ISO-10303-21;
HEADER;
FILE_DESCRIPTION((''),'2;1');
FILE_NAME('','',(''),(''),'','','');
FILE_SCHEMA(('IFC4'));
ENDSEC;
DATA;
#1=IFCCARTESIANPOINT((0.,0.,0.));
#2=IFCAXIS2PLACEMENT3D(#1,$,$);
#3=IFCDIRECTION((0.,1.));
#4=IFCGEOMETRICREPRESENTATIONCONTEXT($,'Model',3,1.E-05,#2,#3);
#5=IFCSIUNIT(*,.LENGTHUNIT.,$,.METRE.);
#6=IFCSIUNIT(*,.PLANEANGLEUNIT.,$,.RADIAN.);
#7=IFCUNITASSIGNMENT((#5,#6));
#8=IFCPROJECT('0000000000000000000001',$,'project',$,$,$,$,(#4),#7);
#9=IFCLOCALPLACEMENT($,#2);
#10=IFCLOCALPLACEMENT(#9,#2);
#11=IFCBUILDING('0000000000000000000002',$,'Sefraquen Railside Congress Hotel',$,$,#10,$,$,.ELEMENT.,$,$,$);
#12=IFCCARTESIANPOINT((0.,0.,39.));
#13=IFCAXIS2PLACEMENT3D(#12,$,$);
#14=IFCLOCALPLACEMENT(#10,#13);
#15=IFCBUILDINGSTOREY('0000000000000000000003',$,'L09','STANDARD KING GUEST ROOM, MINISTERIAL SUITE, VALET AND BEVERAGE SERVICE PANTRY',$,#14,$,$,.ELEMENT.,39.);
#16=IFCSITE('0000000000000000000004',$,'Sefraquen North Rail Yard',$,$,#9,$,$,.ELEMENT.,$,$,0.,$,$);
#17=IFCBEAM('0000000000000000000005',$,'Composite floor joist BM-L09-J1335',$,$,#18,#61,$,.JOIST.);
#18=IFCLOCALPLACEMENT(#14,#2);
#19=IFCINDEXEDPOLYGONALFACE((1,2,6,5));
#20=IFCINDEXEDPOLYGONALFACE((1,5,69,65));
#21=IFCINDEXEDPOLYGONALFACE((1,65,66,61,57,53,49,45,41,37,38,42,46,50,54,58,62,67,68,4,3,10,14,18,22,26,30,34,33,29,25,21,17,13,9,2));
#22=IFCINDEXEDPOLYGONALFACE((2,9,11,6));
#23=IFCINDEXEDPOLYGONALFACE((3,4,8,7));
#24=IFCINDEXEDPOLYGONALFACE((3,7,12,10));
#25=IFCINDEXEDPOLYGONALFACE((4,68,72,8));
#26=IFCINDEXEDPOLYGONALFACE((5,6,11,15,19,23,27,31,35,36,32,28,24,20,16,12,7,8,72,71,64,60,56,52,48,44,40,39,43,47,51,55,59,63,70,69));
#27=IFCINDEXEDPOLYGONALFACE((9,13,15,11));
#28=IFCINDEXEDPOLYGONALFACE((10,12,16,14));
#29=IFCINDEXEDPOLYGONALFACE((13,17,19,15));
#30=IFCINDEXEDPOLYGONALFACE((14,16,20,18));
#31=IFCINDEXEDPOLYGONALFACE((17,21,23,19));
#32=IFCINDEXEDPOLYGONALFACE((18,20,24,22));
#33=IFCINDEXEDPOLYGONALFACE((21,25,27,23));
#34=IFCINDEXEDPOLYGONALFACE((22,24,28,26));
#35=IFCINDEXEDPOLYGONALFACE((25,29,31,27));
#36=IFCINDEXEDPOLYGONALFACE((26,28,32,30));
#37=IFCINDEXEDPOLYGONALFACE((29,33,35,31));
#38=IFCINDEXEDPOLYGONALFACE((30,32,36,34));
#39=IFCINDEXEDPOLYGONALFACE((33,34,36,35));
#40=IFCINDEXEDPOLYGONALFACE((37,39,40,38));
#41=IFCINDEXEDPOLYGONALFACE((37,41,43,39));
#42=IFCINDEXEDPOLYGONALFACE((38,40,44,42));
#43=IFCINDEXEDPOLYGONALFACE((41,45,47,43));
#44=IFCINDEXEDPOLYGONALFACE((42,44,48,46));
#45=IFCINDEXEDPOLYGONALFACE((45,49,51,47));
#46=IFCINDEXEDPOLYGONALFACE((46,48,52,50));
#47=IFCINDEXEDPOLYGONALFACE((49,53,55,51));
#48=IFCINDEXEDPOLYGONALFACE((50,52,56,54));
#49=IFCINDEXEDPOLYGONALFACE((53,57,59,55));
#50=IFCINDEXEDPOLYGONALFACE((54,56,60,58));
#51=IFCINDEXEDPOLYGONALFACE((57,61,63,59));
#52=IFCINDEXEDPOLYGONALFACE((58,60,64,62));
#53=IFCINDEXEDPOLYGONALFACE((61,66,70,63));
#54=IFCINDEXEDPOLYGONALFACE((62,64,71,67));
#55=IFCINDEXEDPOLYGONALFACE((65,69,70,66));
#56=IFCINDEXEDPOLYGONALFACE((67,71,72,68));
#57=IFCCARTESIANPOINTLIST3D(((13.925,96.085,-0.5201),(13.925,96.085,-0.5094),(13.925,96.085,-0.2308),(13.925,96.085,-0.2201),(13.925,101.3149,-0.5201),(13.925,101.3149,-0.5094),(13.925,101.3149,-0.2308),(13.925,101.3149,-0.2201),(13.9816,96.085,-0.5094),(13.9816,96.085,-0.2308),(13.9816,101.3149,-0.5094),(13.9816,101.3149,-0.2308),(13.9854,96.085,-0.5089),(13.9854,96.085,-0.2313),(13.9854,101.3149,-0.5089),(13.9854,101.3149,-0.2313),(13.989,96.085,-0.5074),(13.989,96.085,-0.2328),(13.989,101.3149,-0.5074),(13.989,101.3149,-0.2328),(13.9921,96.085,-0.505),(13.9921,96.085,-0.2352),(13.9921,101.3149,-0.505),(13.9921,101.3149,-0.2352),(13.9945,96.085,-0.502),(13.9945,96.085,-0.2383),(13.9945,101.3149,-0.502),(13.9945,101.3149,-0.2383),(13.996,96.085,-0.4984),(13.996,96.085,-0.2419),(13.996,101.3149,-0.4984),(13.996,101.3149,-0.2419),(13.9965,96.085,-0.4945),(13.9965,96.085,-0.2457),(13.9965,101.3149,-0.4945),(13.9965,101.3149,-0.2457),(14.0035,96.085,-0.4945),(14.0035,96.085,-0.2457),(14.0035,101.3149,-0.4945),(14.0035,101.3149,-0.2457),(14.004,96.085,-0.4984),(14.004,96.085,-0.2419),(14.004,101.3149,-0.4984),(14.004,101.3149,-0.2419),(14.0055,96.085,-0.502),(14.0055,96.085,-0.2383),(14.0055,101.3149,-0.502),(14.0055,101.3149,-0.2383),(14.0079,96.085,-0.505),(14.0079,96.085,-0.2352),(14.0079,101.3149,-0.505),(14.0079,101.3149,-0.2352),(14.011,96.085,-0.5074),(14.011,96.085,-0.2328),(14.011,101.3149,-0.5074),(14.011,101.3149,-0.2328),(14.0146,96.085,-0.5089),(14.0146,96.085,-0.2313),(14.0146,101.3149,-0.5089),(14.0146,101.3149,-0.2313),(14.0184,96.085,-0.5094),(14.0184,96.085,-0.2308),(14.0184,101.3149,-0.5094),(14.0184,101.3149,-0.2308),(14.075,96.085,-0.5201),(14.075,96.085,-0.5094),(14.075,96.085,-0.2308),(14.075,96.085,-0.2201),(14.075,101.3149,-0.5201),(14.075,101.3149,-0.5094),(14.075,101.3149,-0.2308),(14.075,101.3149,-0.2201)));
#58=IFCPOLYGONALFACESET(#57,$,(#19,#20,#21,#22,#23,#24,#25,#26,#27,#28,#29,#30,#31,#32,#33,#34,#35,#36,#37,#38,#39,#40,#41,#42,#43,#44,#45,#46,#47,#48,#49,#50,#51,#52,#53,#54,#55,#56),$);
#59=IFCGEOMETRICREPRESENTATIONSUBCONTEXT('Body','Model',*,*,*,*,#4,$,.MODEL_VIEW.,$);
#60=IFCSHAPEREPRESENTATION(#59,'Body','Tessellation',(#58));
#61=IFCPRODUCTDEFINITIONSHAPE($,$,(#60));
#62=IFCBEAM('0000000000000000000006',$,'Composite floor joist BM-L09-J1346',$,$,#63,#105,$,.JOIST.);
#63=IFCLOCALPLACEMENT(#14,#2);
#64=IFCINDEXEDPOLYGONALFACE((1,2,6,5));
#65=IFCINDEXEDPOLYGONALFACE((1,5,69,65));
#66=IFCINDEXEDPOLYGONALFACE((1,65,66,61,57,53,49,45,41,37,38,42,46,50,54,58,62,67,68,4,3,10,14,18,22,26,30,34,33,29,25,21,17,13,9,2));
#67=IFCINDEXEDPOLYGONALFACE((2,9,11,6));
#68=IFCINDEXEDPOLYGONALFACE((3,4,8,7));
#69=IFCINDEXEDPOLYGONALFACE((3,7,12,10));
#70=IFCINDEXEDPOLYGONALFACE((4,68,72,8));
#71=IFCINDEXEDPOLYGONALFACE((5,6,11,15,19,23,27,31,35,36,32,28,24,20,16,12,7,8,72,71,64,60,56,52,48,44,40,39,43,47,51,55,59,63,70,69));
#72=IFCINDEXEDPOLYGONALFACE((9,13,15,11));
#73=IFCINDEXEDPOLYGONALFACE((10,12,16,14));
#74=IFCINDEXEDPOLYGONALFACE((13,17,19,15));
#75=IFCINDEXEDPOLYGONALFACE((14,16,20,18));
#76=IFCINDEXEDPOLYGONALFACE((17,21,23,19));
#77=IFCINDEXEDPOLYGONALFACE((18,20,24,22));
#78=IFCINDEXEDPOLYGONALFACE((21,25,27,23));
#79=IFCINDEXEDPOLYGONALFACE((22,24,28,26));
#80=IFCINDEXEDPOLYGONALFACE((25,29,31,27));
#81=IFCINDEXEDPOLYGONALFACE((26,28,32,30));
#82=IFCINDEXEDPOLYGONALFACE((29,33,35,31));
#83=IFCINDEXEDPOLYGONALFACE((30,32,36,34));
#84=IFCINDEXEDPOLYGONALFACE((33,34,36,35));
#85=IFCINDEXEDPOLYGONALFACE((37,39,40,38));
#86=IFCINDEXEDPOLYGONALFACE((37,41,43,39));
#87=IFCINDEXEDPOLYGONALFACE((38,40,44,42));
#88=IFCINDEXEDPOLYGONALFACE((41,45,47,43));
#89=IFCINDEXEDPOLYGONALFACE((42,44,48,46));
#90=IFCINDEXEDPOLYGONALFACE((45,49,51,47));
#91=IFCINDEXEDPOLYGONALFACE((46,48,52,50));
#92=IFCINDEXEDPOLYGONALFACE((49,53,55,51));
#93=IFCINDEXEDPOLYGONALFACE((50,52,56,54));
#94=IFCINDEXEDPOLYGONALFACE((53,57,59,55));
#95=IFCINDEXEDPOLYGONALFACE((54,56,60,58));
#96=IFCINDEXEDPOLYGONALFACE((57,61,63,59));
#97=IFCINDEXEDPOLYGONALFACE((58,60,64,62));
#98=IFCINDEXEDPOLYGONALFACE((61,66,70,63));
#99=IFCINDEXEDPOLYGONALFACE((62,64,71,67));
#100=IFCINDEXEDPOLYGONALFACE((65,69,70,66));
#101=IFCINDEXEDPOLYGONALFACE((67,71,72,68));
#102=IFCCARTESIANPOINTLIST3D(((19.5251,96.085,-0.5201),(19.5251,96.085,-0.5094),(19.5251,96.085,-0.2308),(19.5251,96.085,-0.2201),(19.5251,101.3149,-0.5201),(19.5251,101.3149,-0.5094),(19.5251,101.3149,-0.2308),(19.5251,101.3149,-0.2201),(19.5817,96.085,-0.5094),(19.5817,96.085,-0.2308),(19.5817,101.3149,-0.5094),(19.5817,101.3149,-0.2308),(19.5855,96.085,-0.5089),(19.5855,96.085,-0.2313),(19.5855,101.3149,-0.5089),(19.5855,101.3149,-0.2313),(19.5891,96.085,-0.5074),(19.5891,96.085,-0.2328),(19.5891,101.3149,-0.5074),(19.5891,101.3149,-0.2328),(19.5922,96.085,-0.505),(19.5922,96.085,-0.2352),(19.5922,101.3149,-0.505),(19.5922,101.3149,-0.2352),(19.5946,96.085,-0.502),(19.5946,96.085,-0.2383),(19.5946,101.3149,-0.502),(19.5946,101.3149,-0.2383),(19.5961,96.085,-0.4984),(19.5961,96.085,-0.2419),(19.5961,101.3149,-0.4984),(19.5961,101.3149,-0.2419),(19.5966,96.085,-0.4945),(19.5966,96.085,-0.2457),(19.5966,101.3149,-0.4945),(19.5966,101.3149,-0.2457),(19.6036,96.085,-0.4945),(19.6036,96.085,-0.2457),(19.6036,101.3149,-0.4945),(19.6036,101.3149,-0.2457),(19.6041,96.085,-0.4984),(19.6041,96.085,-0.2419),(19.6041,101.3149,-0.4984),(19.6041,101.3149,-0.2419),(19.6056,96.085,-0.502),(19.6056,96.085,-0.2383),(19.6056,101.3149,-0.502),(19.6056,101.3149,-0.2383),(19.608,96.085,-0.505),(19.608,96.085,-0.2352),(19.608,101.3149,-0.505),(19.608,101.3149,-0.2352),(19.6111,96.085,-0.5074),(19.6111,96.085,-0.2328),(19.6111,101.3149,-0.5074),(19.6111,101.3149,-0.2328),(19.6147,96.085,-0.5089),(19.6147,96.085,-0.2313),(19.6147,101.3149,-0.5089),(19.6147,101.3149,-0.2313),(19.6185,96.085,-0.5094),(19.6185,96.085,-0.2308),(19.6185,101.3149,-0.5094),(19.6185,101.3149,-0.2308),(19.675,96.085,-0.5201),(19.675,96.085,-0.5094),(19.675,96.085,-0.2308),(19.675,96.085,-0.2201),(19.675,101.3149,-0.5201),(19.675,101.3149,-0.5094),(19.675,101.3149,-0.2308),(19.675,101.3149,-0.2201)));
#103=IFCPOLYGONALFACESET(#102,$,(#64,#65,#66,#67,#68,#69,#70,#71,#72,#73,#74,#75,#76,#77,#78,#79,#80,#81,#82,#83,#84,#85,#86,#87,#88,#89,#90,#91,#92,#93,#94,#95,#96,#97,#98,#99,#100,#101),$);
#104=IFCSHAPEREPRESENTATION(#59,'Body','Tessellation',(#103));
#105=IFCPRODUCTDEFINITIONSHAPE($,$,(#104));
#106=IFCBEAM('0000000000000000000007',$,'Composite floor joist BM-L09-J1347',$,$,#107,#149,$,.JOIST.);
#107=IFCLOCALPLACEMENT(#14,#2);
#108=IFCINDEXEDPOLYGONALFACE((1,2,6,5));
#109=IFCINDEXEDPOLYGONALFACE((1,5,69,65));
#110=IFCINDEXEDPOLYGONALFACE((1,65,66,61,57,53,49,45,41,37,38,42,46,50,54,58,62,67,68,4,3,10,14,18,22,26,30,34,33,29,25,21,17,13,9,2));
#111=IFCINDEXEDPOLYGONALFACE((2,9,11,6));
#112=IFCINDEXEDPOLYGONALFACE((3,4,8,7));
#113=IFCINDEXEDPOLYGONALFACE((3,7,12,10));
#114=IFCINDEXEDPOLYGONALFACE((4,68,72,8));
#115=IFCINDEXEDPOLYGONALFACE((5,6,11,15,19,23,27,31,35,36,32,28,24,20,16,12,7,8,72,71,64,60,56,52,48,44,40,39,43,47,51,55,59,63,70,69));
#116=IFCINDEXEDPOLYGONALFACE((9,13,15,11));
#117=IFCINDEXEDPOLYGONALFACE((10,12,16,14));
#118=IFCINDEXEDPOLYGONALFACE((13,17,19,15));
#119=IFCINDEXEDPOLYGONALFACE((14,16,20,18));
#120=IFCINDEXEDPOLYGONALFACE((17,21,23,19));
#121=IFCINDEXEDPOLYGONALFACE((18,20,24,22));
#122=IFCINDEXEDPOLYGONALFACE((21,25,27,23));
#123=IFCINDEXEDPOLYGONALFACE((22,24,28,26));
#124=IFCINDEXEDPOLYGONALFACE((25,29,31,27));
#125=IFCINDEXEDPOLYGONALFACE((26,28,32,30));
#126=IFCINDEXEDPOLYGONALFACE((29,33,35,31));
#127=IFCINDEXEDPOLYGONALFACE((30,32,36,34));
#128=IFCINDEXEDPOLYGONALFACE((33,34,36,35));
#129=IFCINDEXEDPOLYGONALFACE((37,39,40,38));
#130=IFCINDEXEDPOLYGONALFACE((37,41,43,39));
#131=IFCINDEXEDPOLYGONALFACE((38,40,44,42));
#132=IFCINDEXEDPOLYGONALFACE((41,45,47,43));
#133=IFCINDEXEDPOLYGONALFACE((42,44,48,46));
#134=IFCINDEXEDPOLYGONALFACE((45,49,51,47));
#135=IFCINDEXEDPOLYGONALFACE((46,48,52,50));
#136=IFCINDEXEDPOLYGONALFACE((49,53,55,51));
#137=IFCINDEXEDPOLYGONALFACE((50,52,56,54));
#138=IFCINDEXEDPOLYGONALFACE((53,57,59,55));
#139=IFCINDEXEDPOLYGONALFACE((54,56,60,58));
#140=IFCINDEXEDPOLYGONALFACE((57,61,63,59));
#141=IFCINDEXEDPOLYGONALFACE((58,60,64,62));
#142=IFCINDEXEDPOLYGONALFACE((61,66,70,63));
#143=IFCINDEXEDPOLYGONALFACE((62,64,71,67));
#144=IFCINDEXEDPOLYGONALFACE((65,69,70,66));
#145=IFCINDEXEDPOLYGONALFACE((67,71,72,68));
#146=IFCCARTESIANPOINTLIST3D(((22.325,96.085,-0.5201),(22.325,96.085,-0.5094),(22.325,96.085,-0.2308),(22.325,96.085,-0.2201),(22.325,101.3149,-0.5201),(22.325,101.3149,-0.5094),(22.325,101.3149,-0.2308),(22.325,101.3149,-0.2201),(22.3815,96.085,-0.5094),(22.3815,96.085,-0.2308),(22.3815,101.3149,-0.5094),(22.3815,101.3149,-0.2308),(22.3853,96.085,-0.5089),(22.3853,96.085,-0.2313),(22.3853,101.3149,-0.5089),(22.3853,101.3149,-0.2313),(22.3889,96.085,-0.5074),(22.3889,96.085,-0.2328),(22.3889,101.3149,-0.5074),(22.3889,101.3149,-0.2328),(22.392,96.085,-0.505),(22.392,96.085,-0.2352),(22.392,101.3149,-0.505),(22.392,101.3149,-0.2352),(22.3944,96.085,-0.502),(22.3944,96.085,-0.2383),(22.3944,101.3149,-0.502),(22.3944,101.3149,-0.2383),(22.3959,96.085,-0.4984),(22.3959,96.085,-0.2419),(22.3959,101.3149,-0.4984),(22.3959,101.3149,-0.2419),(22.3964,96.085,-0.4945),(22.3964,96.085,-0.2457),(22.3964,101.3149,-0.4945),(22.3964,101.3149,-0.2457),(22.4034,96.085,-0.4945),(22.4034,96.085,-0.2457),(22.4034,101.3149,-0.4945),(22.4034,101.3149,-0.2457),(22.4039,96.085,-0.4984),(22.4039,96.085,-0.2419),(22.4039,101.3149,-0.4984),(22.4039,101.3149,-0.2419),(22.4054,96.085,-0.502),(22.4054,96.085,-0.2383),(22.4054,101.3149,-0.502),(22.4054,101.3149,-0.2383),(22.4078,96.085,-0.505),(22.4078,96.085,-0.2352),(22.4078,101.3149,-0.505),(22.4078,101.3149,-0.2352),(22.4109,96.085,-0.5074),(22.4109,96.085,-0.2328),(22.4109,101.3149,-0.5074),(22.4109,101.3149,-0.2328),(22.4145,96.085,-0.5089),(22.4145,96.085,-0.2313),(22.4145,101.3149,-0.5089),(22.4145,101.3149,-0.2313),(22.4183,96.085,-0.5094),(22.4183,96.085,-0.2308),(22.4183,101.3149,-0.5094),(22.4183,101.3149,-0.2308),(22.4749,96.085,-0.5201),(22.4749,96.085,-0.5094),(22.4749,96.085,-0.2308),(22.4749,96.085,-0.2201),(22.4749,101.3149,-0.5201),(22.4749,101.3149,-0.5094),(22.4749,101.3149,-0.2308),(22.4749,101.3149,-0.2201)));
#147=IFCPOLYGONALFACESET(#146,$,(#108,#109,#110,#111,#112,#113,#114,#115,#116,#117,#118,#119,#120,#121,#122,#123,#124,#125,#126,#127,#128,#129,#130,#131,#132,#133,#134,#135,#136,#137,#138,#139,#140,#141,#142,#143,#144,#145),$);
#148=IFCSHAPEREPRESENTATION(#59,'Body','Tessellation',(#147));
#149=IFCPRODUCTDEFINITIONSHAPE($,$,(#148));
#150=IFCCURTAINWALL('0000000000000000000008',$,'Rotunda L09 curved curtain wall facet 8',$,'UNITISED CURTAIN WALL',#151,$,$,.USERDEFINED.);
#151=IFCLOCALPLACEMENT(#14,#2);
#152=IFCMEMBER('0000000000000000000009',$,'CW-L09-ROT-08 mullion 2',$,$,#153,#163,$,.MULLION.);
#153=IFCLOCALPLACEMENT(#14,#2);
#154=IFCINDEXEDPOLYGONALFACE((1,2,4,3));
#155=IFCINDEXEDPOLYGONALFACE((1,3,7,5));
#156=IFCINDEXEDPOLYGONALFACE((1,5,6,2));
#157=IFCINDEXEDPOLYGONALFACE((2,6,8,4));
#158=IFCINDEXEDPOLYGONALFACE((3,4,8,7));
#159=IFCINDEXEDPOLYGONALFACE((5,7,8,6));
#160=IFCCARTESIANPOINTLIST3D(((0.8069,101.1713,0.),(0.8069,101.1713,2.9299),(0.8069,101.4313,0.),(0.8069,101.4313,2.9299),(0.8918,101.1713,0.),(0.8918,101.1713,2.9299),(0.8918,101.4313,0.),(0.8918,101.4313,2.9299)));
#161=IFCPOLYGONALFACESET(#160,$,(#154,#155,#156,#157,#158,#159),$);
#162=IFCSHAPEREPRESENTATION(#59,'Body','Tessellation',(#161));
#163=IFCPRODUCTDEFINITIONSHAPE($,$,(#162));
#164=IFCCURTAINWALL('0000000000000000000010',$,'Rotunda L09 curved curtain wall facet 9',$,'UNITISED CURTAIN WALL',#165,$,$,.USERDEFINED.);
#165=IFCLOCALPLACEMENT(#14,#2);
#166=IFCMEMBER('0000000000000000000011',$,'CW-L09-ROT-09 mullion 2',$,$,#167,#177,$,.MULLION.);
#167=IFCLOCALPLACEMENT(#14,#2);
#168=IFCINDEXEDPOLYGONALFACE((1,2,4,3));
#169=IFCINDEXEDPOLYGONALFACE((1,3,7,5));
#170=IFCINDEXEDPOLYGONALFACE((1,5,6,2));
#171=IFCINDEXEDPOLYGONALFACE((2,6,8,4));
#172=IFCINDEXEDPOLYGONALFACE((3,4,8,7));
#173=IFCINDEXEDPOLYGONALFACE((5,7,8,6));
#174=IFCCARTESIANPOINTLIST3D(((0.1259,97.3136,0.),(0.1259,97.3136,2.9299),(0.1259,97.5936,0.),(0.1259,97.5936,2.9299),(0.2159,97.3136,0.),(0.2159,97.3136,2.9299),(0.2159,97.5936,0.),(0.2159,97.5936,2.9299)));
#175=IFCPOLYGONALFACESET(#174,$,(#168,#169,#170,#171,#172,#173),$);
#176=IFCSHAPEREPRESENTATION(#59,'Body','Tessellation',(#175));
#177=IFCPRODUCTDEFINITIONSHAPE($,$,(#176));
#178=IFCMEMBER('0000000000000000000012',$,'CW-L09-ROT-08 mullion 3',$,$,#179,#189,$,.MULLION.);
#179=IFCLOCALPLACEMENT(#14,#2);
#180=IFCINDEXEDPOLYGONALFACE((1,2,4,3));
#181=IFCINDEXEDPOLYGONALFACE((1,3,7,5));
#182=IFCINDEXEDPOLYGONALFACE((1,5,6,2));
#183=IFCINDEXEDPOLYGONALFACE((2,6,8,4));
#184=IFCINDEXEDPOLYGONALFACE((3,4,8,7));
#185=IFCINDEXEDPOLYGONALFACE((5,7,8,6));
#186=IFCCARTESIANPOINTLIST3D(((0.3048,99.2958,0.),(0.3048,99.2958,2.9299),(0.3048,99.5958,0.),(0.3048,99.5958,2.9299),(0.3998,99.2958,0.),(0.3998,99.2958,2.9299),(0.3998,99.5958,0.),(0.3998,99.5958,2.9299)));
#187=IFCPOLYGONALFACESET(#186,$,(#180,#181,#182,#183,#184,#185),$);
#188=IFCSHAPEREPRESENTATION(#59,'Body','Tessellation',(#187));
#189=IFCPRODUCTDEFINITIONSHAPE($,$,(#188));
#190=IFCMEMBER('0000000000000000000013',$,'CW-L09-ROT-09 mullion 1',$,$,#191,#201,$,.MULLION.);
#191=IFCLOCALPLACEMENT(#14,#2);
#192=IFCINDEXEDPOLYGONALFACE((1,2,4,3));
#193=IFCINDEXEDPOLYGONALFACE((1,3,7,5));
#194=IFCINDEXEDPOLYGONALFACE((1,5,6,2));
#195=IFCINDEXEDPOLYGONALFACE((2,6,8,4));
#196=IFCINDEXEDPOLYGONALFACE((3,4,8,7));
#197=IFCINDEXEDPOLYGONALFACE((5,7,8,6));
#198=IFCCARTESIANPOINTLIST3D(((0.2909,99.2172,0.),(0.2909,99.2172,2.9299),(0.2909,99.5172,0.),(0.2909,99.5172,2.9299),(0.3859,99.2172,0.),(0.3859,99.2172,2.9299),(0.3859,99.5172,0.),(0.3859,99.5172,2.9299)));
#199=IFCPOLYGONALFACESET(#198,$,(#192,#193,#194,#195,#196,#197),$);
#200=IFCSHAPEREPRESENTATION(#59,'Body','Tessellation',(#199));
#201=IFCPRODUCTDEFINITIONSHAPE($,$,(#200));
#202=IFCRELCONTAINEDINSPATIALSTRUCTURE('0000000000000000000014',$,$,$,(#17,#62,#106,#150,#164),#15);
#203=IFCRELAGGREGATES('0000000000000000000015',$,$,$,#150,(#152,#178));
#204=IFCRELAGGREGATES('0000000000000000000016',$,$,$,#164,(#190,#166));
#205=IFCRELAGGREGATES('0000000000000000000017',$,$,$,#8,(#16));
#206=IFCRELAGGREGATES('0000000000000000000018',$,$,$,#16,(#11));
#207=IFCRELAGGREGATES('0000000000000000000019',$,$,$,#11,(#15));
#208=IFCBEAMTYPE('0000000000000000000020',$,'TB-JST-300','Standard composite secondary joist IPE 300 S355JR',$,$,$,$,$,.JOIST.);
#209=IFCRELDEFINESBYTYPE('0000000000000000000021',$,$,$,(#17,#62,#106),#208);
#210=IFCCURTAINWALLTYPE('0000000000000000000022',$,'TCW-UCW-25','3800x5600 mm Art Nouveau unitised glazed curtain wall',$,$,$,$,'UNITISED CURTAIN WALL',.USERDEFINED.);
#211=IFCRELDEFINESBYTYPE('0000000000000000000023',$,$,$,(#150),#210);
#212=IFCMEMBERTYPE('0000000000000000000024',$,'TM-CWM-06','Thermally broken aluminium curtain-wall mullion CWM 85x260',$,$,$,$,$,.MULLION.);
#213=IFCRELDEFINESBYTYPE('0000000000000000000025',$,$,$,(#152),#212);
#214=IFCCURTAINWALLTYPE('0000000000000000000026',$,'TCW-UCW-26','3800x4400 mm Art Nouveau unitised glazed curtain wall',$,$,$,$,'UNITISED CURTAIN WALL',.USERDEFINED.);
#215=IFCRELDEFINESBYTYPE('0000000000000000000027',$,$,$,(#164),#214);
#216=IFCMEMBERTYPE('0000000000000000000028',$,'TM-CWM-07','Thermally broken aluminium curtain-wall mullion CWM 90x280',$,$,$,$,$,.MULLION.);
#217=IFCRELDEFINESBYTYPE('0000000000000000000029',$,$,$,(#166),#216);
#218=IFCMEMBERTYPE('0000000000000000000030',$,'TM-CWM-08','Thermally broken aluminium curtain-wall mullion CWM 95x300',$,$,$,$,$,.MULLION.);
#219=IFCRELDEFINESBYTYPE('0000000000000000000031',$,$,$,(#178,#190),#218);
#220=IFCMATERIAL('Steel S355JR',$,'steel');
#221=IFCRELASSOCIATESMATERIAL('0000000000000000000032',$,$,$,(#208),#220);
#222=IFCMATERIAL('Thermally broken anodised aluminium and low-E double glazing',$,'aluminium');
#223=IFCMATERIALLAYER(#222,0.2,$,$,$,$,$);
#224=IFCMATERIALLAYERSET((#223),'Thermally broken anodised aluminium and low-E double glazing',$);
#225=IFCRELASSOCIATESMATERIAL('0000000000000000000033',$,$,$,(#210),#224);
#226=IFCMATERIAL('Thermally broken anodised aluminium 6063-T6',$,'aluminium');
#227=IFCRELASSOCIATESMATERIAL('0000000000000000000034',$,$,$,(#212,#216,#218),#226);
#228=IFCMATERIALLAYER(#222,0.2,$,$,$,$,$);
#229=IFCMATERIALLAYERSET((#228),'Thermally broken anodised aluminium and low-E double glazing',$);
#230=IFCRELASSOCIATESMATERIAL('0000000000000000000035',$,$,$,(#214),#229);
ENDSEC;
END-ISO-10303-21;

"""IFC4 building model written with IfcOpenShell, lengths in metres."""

from ifc_helpers import new_model, si_unit, direction, frame, origin, origin_2d, place, context, subcontext, project, spatial, rectangle, i_section, extrude, material, layer, layer_set, material_profile, profile_set, type_object, element, aggregate, save


model = new_model("IFC4")

# Units and contexts
model_context = context("Model", 3, precision=1e-05, world=origin(), true_north=direction((0.0, 1.0)))
body_context = subcontext(model_context, "Body", "Model", "MODEL_VIEW")
ifc_project = project(units=[si_unit("LENGTHUNIT", "METRE"), si_unit("PLANEANGLEUNIT", "RADIAN")], contexts=[model_context])

# Site, building, storey
site_placement = place(None, origin())
site = spatial("IfcSite", under=ifc_project, at=site_placement, Name="Sefraquen North Rail Yard", CompositionType="ELEMENT", RefElevation=0.0)
building_placement = place(site_placement, origin())
building = spatial("IfcBuilding", under=site, at=building_placement, Name="Sefraquen Railside Congress Hotel", CompositionType="ELEMENT")
storey_placement = place(building_placement, frame((0.0, 0.0, 39.0)))
storey = spatial("IfcBuildingStorey", under=building, at=storey_placement, Name="L09", Description="STANDARD KING GUEST ROOM, MINISTERIAL SUITE, VALET AND BEVERAGE SERVICE PANTRY", CompositionType="ELEMENT", Elevation=39.0)

# Shared definitions
ifc_material_1 = material(Name="Steel S355JR", Category="steel")

# Beams
ifc_material_profile_1 = material_profile(ifc_material_1, i_section(OverallWidth=0.1499, OverallDepth=0.3, WebThickness=0.0071, FlangeThickness=0.0107, FilletRadius=0.0149, at=origin_2d()), Name="IPE 300")
ifc_profile_set_1 = profile_set([ifc_material_profile_1], Name="Steel S355JR")
beam_type_1 = type_object("IfcBeamType", Name="TB-JST-300", Description="Standard composite secondary joist IPE 300 S355JR", PredefinedType="JOIST", material=ifc_profile_set_1)
for number, where, z_axis, x_axis, name in (
    (1, (14.0, 96.085, -0.3701), (0.0, 1.0, 0.0), (-1.0, 0.0, 0.0), "Composite floor joist BM-L09-J1335"),
    (2, (19.6001, 96.085, -0.3701), (0.0, 1.0, 0.0), (-1.0, 0.0, 0.0), "Composite floor joist BM-L09-J1346"),
    (3, (22.3999, 96.085, -0.3701), (0.0, 1.0, 0.0), (-1.0, 0.0, 0.0), "Composite floor joist BM-L09-J1347"),
):
    element("IfcBeam", number, at=place(storey_placement, frame(where, z_axis=z_axis, x_axis=x_axis)), inside=storey, type_object=beam_type_1, Name=name, PredefinedType="JOIST", context=body_context, shape_type="SweptSolid", body=[
        extrude(i_section(OverallWidth=0.1499, OverallDepth=0.3, WebThickness=0.0071, FlangeThickness=0.0107, FilletRadius=0.0149, at=origin_2d()), origin(), (0.0, 0.0, 1.0), 5.23),
    ])

# Curtain walls, members
ifc_material_2 = material(Name="Thermally broken anodised aluminium and low-E double glazing", Category="aluminium")
ifc_layer_1 = layer(ifc_material_2, 0.2)
ifc_layer_set_1 = layer_set([ifc_layer_1], Name="Thermally broken anodised aluminium and low-E double glazing")
curtain_wall_type_1 = type_object("IfcCurtainWallType", Name="TCW-UCW-25", Description="3800x5600 mm Art Nouveau unitised glazed curtain wall", ElementType="UNITISED CURTAIN WALL", PredefinedType="USERDEFINED", material=ifc_layer_set_1)
curtain_wall_1_placement = place(storey_placement, origin())
curtain_wall_1 = element("IfcCurtainWall", 4, at=curtain_wall_1_placement, inside=storey, type_object=curtain_wall_type_1, Name="Rotunda L09 curved curtain wall facet 8", ObjectType="UNITISED CURTAIN WALL", PredefinedType="USERDEFINED")
ifc_material_3 = material(Name="Thermally broken anodised aluminium 6063-T6", Category="aluminium")
ifc_material_profile_2 = material_profile(ifc_material_3, rectangle(XDim=0.085, YDim=0.26, at=origin_2d()), Name="CWM 85x260")
ifc_profile_set_2 = profile_set([ifc_material_profile_2], Name="Thermally broken anodised aluminium 6063-T6")
member_type_1 = type_object("IfcMemberType", Name="TM-CWM-06", Description="Thermally broken aluminium curtain-wall mullion CWM 85x260", PredefinedType="MULLION", material=ifc_profile_set_2)
member_1_placement = place(storey_placement, frame((0.8494, 101.3013, 0.0), z_axis=(0.0, 0.0, 1.0), x_axis=(1.0, 0.0, 0.0)))
member_1 = element("IfcMember", 5, at=member_1_placement, type_object=member_type_1, Name="CW-L09-ROT-08 mullion 2", PredefinedType="MULLION", context=body_context, shape_type="SweptSolid", body=[
    extrude(rectangle(XDim=0.085, YDim=0.26, at=origin_2d()), origin(), (0.0, 0.0, 1.0), 2.9299),
])
ifc_layer_2 = layer(ifc_material_2, 0.2)
ifc_layer_set_2 = layer_set([ifc_layer_2], Name="Thermally broken anodised aluminium and low-E double glazing")
curtain_wall_type_2 = type_object("IfcCurtainWallType", Name="TCW-UCW-26", Description="3800x4400 mm Art Nouveau unitised glazed curtain wall", ElementType="UNITISED CURTAIN WALL", PredefinedType="USERDEFINED", material=ifc_layer_set_2)
curtain_wall_2_placement = place(storey_placement, origin())
curtain_wall_2 = element("IfcCurtainWall", 6, at=curtain_wall_2_placement, inside=storey, type_object=curtain_wall_type_2, Name="Rotunda L09 curved curtain wall facet 9", ObjectType="UNITISED CURTAIN WALL", PredefinedType="USERDEFINED")
ifc_material_profile_3 = material_profile(ifc_material_3, rectangle(XDim=0.0901, YDim=0.28, at=origin_2d()), Name="CWM 90x280")
ifc_profile_set_3 = profile_set([ifc_material_profile_3], Name="Thermally broken anodised aluminium 6063-T6")
member_type_2 = type_object("IfcMemberType", Name="TM-CWM-07", Description="Thermally broken aluminium curtain-wall mullion CWM 90x280", PredefinedType="MULLION", material=ifc_profile_set_3)
member_2_placement = place(storey_placement, frame((0.1709, 97.4536, 0.0), z_axis=(0.0, 0.0, 1.0), x_axis=(1.0, 0.0, 0.0)))
member_2 = element("IfcMember", 7, at=member_2_placement, type_object=member_type_2, Name="CW-L09-ROT-09 mullion 2", PredefinedType="MULLION", context=body_context, shape_type="SweptSolid", body=[
    extrude(rectangle(XDim=0.0901, YDim=0.28, at=origin_2d()), origin(), (0.0, 0.0, 1.0), 2.9299),
])

# Members
ifc_material_profile_4 = material_profile(ifc_material_3, rectangle(XDim=0.095, YDim=0.3, at=origin_2d()), Name="CWM 95x300")
ifc_profile_set_4 = profile_set([ifc_material_profile_4], Name="Thermally broken anodised aluminium 6063-T6")
member_type_3 = type_object("IfcMemberType", Name="TM-CWM-08", Description="Thermally broken aluminium curtain-wall mullion CWM 95x300", PredefinedType="MULLION", material=ifc_profile_set_4)
member_3_placement = place(storey_placement, frame((0.3523, 99.4458, 0.0), z_axis=(0.0, 0.0, 1.0), x_axis=(1.0, 0.0, 0.0)))
member_3 = element("IfcMember", 8, at=member_3_placement, type_object=member_type_3, Name="CW-L09-ROT-08 mullion 3", PredefinedType="MULLION", context=body_context, shape_type="SweptSolid", body=[
    extrude(rectangle(XDim=0.095, YDim=0.3, at=origin_2d()), origin(), (0.0, 0.0, 1.0), 2.9299),
])
member_4_placement = place(storey_placement, frame((0.3384, 99.3672, 0.0), z_axis=(0.0, 0.0, 1.0), x_axis=(1.0, 0.0, 0.0)))
member_4 = element("IfcMember", 9, at=member_4_placement, type_object=member_type_3, Name="CW-L09-ROT-09 mullion 1", PredefinedType="MULLION", context=body_context, shape_type="SweptSolid", body=[
    extrude(rectangle(XDim=0.095, YDim=0.3, at=origin_2d()), origin(), (0.0, 0.0, 1.0), 2.9299),
])

aggregate(curtain_wall_1, [member_1, member_3])
aggregate(curtain_wall_2, [member_4, member_2])

save(model, "model.ifc")
